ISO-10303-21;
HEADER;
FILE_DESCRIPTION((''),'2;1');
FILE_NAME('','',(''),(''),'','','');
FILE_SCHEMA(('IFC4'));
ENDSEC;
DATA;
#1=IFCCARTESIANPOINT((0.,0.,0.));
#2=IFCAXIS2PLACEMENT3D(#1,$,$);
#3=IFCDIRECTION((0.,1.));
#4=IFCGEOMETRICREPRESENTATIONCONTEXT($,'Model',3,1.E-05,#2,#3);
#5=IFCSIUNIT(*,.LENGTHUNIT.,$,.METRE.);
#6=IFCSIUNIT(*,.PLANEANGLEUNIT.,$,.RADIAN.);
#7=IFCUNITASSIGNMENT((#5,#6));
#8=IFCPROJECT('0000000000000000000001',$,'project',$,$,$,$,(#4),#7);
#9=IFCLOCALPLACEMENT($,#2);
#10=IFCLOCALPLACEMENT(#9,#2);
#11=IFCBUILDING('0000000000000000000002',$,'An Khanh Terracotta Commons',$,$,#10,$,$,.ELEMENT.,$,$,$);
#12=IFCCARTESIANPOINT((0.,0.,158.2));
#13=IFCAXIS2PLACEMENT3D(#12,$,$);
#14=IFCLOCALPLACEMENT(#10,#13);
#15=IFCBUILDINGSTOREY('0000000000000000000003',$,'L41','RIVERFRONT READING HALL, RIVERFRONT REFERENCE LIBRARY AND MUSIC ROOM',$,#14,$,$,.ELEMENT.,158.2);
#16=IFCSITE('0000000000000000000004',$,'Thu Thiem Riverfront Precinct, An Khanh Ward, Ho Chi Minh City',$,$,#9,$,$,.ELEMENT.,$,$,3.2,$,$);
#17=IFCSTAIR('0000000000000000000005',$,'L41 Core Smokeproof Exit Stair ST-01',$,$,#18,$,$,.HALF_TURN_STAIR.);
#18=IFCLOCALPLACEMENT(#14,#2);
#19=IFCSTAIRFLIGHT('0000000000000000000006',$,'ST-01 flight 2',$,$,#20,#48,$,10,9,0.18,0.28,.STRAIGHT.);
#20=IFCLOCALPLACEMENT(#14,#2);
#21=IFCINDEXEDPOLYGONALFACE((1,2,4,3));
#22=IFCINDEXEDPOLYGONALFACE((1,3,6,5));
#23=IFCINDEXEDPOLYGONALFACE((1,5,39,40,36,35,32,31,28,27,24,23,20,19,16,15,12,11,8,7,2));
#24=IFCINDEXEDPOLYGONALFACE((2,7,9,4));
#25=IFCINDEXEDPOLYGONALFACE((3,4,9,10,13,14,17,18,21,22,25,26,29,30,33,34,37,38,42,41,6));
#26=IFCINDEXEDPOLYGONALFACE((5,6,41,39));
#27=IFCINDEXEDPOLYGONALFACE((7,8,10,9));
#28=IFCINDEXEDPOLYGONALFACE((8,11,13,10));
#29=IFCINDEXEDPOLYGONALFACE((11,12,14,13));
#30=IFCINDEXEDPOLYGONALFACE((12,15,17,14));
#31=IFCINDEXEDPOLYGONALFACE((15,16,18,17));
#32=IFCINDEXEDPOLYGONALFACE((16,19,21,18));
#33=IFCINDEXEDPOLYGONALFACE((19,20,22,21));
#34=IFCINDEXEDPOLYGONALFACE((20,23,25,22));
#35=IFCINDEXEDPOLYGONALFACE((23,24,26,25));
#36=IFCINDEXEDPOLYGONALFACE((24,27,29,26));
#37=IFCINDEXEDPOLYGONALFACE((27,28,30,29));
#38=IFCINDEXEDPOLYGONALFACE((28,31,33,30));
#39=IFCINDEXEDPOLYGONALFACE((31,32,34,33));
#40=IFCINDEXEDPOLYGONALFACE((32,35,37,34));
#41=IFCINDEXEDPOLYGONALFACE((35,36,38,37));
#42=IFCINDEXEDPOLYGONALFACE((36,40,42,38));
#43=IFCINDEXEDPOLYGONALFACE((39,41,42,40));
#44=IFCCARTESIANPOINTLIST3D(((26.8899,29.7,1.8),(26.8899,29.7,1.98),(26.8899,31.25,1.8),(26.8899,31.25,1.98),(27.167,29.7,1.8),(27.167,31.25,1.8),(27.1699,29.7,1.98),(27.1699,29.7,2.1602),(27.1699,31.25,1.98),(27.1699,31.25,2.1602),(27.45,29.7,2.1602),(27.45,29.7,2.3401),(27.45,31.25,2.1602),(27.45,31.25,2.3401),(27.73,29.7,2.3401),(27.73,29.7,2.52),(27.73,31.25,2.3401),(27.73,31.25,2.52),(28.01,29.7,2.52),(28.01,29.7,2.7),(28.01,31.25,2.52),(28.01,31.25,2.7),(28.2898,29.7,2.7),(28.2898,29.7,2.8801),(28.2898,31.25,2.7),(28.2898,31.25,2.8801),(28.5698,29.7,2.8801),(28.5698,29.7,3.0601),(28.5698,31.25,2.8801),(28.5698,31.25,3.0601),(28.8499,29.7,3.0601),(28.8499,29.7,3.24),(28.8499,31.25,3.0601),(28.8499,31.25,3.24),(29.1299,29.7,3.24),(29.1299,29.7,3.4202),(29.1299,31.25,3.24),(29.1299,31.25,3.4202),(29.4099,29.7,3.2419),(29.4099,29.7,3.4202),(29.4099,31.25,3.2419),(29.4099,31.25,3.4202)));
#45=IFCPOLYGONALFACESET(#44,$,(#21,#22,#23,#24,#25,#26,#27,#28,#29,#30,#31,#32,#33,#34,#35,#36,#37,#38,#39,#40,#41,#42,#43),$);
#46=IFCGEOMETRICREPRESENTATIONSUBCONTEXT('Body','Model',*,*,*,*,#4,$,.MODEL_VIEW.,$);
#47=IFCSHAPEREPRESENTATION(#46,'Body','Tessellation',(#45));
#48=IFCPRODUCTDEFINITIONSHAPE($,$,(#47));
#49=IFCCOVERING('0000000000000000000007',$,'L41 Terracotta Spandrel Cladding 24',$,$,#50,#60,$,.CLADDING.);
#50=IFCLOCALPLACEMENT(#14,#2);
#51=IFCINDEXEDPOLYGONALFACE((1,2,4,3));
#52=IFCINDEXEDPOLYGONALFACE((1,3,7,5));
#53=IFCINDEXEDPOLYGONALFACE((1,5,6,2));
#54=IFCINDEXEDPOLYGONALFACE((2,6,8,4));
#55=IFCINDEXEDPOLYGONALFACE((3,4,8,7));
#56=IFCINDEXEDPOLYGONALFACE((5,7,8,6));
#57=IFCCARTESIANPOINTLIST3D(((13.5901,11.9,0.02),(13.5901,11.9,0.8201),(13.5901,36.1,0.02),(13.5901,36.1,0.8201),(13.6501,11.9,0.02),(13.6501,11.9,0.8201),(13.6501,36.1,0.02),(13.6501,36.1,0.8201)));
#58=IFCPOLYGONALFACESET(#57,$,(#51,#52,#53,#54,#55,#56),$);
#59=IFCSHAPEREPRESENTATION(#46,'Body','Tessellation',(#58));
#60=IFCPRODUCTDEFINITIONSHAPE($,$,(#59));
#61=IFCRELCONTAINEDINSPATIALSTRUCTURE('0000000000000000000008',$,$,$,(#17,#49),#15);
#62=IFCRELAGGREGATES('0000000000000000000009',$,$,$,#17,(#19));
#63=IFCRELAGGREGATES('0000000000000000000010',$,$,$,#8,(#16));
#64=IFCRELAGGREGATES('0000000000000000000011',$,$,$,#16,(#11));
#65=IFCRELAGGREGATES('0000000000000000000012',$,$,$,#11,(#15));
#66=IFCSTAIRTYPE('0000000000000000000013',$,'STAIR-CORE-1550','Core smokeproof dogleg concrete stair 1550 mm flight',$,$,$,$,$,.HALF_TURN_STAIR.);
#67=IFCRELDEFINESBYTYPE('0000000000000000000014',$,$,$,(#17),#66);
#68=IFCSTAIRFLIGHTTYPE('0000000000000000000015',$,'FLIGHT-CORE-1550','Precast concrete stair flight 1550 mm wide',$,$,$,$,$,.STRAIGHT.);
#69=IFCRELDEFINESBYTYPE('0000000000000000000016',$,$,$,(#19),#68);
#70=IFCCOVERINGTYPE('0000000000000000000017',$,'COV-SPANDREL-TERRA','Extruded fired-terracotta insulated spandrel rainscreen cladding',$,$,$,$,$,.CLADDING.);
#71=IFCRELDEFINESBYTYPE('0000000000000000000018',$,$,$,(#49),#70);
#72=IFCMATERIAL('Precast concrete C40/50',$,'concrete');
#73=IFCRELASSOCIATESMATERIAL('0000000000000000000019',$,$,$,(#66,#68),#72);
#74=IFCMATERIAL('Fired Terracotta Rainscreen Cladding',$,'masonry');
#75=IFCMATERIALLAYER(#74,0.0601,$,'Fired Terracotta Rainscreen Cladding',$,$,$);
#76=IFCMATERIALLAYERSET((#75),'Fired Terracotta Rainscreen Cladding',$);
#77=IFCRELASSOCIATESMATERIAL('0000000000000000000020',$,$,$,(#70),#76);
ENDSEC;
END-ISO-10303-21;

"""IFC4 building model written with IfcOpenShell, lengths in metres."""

from ifc_helpers import new_model, si_unit, direction, frame, origin, origin_2d, place, context, subcontext, project, spatial, polyline, rectangle, outline, extrude, material, layer, layer_set, type_object, element, aggregate, save


model = new_model("IFC4")

# Units and contexts
model_context = context("Model", 3, precision=1e-05, world=origin(), true_north=direction((0.0, 1.0)))
body_context = subcontext(model_context, "Body", "Model", "MODEL_VIEW")
ifc_project = project(units=[si_unit("LENGTHUNIT", "METRE"), si_unit("PLANEANGLEUNIT", "RADIAN")], contexts=[model_context])

# Site, building, storey
site_placement = place(None, origin())
site = spatial("IfcSite", under=ifc_project, at=site_placement, Name="Thu Thiem Riverfront Precinct, An Khanh Ward, Ho Chi Minh City", CompositionType="ELEMENT", RefElevation=3.2)
building_placement = place(site_placement, origin())
building = spatial("IfcBuilding", under=site, at=building_placement, Name="An Khanh Terracotta Commons", CompositionType="ELEMENT")
storey_placement = place(building_placement, frame((0.0, 0.0, 158.2)))
storey = spatial("IfcBuildingStorey", under=building, at=storey_placement, Name="L41", Description="RIVERFRONT READING HALL, RIVERFRONT REFERENCE LIBRARY AND MUSIC ROOM", CompositionType="ELEMENT", Elevation=158.2)

# Stair, stair flight
ifc_material_1 = material(Name="Precast concrete C40/50", Category="concrete")
stair_type = type_object("IfcStairType", Name="STAIR-CORE-1550", Description="Core smokeproof dogleg concrete stair 1550 mm flight", PredefinedType="HALF_TURN_STAIR", material=ifc_material_1)
stair_placement = place(storey_placement, origin())
stair = element("IfcStair", 1, at=stair_placement, inside=storey, type_object=stair_type, Name="L41 Core Smokeproof Exit Stair ST-01", PredefinedType="HALF_TURN_STAIR")
stair_flight_type = type_object("IfcStairFlightType", Name="FLIGHT-CORE-1550", Description="Precast concrete stair flight 1550 mm wide", PredefinedType="STRAIGHT", material=ifc_material_1)
stair_flight_placement = place(storey_placement, frame((26.8899, 30.4751, 1.8), z_axis=(0.0, 0.0, 1.0), x_axis=(1.0, 0.0, 0.0)))
stair_flight = element("IfcStairFlight", 2, at=stair_flight_placement, type_object=stair_flight_type, Name="ST-01 flight 2", NumberOfRisers=10, NumberOfTreads=9, PredefinedType="STRAIGHT", RiserHeight=0.18, TreadLength=0.28, context=body_context, shape_type="SweptSolid", body=[
    extrude(outline(polyline([(0.0, 0.0), (0.0, 0.1799), (0.28, 0.1799), (0.28, 0.3601), (0.5601, 0.3601), (0.5601, 0.54), (0.8401, 0.54), (0.8401, 0.72), (1.1201, 0.72), (1.1201, 0.8999), (1.3999, 0.8999), (1.3999, 1.0801), (1.6799, 1.0801), (1.6799, 1.26), (1.96, 1.26), (1.96, 1.4399), (2.24, 1.4399), (2.24, 1.6201), (2.52, 1.6201), (2.52, 1.8), (2.52, 1.4419), (0.2771, 0.0), (0.0, 0.0)])), frame((0.0, 0.7749, 0.0), z_axis=(0.0, -1.0, 0.0), x_axis=(1.0, 0.0, 0.0)), (0.0, 0.0, 1.0), 1.55),
])
aggregate(stair, [stair_flight])

# Covering
ifc_material_2 = material(Name="Fired Terracotta Rainscreen Cladding", Category="masonry")
ifc_layer_1 = layer(ifc_material_2, 0.0601, Name="Fired Terracotta Rainscreen Cladding")
ifc_layer_set_1 = layer_set([ifc_layer_1], Name="Fired Terracotta Rainscreen Cladding")
covering_type = type_object("IfcCoveringType", Name="COV-SPANDREL-TERRA", Description="Extruded fired-terracotta insulated spandrel rainscreen cladding", PredefinedType="CLADDING", material=ifc_layer_set_1)
covering_placement = place(storey_placement, frame((13.6201, 24.0, 0.02), z_axis=(0.0, 0.0, 1.0), x_axis=(0.0, -1.0, 0.0)))
element("IfcCovering", 3, at=covering_placement, inside=storey, type_object=covering_type, Name="L41 Terracotta Spandrel Cladding 24", PredefinedType="CLADDING", context=body_context, shape_type="SweptSolid", body=[
    extrude(rectangle(XDim=24.2, YDim=0.0601, at=origin_2d()), origin(), (0.0, 0.0, 1.0), 0.8),
])

save(model, "model.ifc")
